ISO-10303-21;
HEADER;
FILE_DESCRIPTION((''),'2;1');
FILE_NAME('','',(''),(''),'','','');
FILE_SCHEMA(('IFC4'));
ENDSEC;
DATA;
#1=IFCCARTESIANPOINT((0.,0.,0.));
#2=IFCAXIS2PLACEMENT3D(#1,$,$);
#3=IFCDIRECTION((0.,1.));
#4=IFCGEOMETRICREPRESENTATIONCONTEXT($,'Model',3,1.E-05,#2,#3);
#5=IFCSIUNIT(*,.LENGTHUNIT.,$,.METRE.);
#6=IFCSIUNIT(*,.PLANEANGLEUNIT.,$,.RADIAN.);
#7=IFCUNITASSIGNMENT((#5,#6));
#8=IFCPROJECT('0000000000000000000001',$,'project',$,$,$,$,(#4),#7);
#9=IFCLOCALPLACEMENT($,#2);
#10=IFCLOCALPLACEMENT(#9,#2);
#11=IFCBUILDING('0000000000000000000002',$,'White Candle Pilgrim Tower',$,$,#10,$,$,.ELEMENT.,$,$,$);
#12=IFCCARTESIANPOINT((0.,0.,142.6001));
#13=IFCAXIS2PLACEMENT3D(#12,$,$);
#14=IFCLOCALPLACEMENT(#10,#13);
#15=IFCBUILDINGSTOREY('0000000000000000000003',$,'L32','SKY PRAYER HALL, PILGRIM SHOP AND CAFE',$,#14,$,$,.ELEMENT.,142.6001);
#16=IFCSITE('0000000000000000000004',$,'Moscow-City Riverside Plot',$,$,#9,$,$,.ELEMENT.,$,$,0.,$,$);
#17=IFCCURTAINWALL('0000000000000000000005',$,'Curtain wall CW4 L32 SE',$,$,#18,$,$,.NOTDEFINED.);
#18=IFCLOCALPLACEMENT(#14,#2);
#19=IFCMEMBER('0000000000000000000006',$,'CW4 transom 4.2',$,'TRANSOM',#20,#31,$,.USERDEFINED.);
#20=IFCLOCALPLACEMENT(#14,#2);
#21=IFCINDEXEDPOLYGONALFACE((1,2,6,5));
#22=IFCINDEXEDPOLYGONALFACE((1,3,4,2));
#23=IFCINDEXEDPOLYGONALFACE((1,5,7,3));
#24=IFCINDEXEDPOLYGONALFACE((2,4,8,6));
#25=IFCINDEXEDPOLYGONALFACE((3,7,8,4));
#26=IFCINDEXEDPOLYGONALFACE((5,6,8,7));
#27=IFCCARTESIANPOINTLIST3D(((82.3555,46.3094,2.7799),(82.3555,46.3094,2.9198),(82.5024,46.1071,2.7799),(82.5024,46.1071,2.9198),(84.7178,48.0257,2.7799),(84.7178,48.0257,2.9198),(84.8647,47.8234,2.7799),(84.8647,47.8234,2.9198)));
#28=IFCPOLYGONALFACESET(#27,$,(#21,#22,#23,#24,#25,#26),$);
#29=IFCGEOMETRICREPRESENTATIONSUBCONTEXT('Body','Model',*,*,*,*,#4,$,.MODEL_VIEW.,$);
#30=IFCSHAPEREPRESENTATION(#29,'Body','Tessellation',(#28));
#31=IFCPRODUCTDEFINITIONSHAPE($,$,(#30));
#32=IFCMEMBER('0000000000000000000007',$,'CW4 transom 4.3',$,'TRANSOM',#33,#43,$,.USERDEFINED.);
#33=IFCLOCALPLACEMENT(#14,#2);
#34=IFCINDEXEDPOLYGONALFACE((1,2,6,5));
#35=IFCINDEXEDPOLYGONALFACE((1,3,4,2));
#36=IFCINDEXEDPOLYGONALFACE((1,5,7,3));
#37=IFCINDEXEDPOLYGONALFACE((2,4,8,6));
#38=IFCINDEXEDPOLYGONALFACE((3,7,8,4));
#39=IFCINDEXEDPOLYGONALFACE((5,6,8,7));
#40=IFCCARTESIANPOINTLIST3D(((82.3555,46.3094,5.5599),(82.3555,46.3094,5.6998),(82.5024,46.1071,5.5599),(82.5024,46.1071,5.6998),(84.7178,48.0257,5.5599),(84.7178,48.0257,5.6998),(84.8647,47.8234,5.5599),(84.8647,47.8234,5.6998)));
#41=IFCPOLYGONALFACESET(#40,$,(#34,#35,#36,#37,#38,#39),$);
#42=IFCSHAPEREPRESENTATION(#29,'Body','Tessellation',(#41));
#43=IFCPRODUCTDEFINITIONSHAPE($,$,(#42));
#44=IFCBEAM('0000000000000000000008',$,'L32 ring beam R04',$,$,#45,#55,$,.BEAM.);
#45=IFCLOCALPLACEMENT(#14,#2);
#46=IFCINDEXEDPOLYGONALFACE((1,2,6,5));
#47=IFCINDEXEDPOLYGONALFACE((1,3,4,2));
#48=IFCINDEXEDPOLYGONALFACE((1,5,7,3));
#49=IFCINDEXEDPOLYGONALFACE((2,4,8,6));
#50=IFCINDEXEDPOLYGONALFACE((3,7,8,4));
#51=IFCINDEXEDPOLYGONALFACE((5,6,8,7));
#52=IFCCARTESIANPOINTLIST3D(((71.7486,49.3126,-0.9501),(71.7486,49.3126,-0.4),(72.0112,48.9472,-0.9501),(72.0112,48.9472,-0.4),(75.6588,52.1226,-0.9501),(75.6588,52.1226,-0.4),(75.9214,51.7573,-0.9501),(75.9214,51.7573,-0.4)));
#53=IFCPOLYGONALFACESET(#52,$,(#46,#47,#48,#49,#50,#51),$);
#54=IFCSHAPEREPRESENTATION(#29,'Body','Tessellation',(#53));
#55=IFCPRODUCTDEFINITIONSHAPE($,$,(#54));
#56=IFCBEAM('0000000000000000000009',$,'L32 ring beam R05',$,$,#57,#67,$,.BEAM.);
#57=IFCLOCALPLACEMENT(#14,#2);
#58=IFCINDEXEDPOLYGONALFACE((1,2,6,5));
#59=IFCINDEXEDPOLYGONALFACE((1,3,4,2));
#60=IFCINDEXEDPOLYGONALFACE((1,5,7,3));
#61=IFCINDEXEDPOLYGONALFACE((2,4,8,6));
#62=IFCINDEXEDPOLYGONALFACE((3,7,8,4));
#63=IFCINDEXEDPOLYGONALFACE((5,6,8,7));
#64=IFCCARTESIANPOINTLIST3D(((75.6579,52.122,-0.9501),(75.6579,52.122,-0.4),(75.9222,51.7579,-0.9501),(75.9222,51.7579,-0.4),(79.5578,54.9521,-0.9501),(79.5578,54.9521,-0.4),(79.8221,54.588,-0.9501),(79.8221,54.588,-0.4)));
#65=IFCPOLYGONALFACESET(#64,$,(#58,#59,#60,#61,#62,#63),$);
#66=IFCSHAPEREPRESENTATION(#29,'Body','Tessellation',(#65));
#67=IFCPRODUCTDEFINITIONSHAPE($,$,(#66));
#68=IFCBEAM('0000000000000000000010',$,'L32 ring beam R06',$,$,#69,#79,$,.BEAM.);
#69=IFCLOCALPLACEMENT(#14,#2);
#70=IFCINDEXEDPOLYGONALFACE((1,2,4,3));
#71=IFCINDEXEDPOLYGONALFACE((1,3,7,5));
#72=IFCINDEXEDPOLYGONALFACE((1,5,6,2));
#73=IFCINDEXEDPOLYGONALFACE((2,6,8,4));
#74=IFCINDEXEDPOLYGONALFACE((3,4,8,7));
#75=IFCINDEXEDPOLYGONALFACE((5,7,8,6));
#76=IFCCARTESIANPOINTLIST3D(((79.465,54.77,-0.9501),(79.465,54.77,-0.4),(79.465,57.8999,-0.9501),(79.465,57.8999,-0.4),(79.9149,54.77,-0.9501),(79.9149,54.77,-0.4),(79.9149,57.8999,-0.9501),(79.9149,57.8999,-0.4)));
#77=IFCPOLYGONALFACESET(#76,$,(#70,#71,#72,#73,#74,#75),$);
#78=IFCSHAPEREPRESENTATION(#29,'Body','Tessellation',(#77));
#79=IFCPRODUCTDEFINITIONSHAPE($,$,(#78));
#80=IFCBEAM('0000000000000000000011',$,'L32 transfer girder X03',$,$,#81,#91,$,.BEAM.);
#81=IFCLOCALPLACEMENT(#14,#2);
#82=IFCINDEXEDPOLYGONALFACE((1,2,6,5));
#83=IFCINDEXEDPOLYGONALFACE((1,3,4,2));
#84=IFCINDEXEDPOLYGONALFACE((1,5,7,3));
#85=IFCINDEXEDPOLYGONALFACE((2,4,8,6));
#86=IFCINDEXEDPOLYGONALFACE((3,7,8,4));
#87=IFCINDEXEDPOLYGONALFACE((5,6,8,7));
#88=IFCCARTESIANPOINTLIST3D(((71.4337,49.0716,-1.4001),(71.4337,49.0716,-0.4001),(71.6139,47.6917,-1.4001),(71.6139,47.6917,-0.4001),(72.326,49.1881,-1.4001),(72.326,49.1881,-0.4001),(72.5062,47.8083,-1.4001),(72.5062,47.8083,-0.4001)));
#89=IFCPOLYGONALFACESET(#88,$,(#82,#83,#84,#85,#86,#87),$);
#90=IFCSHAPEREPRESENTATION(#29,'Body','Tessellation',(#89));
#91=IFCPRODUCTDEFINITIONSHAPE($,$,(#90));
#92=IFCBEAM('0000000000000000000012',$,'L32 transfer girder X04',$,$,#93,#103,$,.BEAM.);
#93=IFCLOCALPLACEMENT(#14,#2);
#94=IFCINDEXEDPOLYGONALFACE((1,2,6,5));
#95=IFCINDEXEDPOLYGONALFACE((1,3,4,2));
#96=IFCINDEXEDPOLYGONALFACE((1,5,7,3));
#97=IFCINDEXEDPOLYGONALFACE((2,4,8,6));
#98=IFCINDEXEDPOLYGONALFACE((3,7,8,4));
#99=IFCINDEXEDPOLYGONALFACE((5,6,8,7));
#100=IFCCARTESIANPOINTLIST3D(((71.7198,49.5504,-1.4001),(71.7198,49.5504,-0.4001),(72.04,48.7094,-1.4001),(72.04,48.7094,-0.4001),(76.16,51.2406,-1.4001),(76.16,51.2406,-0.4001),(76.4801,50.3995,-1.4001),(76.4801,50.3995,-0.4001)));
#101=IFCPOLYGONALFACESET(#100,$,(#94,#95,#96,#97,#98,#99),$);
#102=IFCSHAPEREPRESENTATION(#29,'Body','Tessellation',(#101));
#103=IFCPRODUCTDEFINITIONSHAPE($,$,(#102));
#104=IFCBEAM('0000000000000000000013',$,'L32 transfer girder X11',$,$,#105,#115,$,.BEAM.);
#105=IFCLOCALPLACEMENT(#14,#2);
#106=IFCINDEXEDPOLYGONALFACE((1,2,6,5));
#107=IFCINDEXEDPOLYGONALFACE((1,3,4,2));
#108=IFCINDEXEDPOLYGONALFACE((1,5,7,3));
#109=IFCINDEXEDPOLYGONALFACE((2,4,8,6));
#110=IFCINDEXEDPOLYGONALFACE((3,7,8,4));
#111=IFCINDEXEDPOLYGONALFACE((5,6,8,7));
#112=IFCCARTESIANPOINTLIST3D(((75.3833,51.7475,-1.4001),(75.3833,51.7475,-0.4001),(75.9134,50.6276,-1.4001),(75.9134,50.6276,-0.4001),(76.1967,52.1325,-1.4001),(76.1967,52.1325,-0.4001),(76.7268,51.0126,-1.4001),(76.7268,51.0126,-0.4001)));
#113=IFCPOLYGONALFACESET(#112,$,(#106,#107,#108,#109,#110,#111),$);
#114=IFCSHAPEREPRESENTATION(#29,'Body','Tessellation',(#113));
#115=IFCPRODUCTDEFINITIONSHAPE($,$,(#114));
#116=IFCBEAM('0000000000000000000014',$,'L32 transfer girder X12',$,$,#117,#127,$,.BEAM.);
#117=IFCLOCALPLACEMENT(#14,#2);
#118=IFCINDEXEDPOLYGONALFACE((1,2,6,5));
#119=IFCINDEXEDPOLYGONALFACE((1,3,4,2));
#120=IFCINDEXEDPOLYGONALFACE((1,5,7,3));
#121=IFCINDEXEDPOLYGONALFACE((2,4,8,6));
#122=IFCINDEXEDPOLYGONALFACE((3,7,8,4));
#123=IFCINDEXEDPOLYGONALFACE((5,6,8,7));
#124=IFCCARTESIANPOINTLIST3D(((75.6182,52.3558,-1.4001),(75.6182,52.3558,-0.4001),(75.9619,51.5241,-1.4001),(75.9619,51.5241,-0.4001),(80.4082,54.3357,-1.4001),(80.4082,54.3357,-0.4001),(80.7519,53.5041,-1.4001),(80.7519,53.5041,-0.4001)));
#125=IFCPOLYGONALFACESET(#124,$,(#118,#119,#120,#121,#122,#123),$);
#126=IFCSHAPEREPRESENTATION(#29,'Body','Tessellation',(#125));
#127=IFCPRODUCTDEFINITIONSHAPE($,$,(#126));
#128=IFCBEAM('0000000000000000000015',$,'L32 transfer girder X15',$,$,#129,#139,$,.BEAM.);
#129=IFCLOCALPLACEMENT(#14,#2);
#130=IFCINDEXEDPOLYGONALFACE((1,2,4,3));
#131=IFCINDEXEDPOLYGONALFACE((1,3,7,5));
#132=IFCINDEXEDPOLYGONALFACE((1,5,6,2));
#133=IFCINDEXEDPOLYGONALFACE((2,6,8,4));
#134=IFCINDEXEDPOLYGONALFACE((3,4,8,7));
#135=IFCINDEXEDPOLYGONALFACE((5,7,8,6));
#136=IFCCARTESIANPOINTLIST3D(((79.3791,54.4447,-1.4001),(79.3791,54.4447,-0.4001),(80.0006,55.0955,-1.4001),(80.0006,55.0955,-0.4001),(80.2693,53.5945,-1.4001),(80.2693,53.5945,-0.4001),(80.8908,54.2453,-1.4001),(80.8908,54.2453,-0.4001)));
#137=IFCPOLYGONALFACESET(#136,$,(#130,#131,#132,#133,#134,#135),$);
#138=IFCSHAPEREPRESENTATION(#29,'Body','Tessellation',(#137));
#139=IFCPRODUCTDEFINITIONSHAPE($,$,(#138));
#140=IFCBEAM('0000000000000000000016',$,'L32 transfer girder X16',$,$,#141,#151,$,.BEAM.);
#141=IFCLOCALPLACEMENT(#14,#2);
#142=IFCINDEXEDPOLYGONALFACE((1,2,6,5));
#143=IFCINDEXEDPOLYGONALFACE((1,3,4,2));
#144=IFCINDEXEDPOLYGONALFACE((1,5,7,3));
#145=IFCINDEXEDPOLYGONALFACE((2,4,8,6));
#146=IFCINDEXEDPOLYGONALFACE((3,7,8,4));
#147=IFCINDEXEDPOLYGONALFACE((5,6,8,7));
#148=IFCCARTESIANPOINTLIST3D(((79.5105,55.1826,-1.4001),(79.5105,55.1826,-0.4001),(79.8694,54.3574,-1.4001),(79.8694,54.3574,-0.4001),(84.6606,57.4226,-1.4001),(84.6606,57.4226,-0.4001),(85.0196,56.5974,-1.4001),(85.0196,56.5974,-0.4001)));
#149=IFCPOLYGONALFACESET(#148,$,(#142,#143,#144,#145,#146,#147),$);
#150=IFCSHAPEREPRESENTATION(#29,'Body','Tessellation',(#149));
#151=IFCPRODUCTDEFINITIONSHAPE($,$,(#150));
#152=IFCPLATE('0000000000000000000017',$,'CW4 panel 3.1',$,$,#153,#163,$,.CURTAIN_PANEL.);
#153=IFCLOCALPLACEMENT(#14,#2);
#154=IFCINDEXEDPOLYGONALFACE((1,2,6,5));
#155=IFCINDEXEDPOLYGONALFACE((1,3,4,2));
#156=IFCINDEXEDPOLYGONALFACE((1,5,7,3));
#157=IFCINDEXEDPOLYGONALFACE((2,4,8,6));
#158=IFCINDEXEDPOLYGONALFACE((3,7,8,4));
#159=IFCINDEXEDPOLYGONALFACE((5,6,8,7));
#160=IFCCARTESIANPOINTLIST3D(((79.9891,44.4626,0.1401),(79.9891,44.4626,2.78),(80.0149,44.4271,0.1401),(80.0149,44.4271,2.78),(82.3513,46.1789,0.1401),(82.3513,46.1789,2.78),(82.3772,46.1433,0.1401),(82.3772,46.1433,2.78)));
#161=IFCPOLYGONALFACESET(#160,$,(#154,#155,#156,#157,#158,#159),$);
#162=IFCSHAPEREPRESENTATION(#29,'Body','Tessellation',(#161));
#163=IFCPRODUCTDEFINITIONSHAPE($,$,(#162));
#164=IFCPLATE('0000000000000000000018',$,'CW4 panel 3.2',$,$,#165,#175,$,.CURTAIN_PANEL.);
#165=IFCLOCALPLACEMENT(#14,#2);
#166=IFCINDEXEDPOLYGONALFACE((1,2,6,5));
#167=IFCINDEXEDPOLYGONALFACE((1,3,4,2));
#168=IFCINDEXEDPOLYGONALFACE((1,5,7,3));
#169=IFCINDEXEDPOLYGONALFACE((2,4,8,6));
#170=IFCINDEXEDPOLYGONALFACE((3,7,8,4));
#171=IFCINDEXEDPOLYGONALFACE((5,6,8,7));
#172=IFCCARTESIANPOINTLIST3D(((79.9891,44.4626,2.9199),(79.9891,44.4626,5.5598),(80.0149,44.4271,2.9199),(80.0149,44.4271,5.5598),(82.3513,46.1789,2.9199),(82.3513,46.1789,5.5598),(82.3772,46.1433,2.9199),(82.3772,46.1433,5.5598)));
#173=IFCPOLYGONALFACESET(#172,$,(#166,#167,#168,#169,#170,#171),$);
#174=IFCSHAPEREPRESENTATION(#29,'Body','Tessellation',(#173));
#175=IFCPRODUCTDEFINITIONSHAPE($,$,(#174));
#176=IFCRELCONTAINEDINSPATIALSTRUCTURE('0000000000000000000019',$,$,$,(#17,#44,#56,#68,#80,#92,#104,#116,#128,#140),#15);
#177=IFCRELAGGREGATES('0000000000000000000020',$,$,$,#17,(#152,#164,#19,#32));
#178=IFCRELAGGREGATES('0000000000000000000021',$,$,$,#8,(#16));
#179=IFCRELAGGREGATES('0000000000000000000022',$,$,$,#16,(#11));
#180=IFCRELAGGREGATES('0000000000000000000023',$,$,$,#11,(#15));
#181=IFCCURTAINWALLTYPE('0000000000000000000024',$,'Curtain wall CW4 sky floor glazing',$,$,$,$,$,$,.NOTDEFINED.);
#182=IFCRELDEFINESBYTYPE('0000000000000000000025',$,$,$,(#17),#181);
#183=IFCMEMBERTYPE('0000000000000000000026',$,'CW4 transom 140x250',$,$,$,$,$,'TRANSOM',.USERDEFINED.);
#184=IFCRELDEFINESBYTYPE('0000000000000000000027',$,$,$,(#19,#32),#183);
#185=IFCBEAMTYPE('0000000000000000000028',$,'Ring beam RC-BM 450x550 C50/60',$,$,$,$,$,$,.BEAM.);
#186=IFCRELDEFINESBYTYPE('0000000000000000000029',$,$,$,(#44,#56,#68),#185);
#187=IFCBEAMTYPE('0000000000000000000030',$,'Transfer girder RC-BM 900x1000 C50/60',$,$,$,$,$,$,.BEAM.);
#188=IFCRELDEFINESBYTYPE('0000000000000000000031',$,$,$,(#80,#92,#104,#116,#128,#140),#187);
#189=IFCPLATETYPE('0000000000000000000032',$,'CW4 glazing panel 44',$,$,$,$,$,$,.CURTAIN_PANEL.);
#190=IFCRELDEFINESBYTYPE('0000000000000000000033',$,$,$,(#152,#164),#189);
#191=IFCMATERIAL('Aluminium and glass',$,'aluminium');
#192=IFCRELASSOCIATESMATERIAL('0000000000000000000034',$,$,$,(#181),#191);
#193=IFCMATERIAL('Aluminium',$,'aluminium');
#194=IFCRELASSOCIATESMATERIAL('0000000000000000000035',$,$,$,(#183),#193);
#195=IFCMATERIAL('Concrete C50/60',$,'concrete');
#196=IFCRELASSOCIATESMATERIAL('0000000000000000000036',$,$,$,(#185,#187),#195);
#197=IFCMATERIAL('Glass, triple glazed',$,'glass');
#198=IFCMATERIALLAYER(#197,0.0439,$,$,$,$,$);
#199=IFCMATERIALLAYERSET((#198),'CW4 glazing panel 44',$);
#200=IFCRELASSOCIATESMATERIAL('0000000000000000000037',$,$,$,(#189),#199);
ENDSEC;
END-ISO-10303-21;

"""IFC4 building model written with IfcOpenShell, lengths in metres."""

from ifc_helpers import new_model, si_unit, direction, frame, origin, origin_2d, place, context, subcontext, project, spatial, rectangle, extrude, material, layer, layer_set, material_profile, profile_set, type_object, element, aggregate, save


model = new_model("IFC4")

# Units and contexts
model_context = context("Model", 3, precision=1e-05, world=origin(), true_north=direction((0.0, 1.0)))
body_context = subcontext(model_context, "Body", "Model", "MODEL_VIEW")
ifc_project = project(units=[si_unit("LENGTHUNIT", "METRE"), si_unit("PLANEANGLEUNIT", "RADIAN")], contexts=[model_context])

# Site, building, storey
site_placement = place(None, origin())
site = spatial("IfcSite", under=ifc_project, at=site_placement, Name="Moscow-City Riverside Plot", CompositionType="ELEMENT", RefElevation=0.0)
building_placement = place(site_placement, origin())
building = spatial("IfcBuilding", under=site, at=building_placement, Name="White Candle Pilgrim Tower", CompositionType="ELEMENT")
storey_placement = place(building_placement, frame((0.0, 0.0, 142.6001)))
storey = spatial("IfcBuildingStorey", under=building, at=storey_placement, Name="L32", Description="SKY PRAYER HALL, PILGRIM SHOP AND CAFE", CompositionType="ELEMENT", Elevation=142.6001)

# Curtain wall, members
ifc_material_1 = material(Name="Aluminium and glass", Category="aluminium")
curtain_wall_type = type_object("IfcCurtainWallType", Name="Curtain wall CW4 sky floor glazing", PredefinedType="NOTDEFINED", material=ifc_material_1)
curtain_wall_placement = place(storey_placement, origin())
curtain_wall = element("IfcCurtainWall", 1, at=curtain_wall_placement, inside=storey, type_object=curtain_wall_type, Name="Curtain wall CW4 L32 SE", PredefinedType="NOTDEFINED")
ifc_material_2 = material(Name="Aluminium", Category="aluminium")
ifc_material_profile_1 = material_profile(ifc_material_2, rectangle(XDim=0.25, YDim=0.1399, at=origin_2d()), Name="CW4 transom 140x250")
ifc_profile_set_1 = profile_set([ifc_material_profile_1], Name="Aluminium")
member_type_1 = type_object("IfcMemberType", Name="CW4 transom 140x250", ElementType="TRANSOM", PredefinedType="USERDEFINED", material=ifc_profile_set_1)
member_1_placement = place(storey_placement, frame((82.429, 46.2083, 2.8499), z_axis=(0.809018, 0.587784, 0.0), x_axis=(-0.587784, 0.809018, 0.0)))
member_1 = element("IfcMember", 2, at=member_1_placement, type_object=member_type_1, Name="CW4 transom 4.2", ObjectType="TRANSOM", PredefinedType="USERDEFINED", context=body_context, shape_type="SweptSolid", body=[
    extrude(rectangle(XDim=0.25, YDim=0.1399, at=origin_2d()), origin(), (0.0, 0.0, 1.0), 2.9199),
])
member_2_placement = place(storey_placement, frame((82.429, 46.2083, 5.6299), z_axis=(0.809018, 0.587784, 0.0), x_axis=(-0.587784, 0.809018, 0.0)))
member_2 = element("IfcMember", 3, at=member_2_placement, type_object=member_type_1, Name="CW4 transom 4.3", ObjectType="TRANSOM", PredefinedType="USERDEFINED", context=body_context, shape_type="SweptSolid", body=[
    extrude(rectangle(XDim=0.25, YDim=0.1399, at=origin_2d()), origin(), (0.0, 0.0, 1.0), 2.9199),
])

# Beams
ifc_material_3 = material(Name="Concrete C50/60", Category="concrete")
ifc_material_profile_2 = material_profile(ifc_material_3, rectangle(XDim=0.45, YDim=0.55, at=origin_2d()), Name="RC-BM 450x550")
ifc_profile_set_2 = profile_set([ifc_material_profile_2], Name="Concrete C50/60")
beam_type_1 = type_object("IfcBeamType", Name="Ring beam RC-BM 450x550 C50/60", PredefinedType="BEAM", material=ifc_profile_set_2)
beam_1_placement = place(storey_placement, frame((71.8799, 49.1299, -0.675), z_axis=(0.812051, 0.583586, 0.0), x_axis=(-0.583586, 0.812051, 0.0)))
element("IfcBeam", 4, at=beam_1_placement, inside=storey, type_object=beam_type_1, Name="L32 ring beam R04", PredefinedType="BEAM", context=body_context, shape_type="SweptSolid", body=[
    extrude(rectangle(XDim=0.45, YDim=0.55, at=origin_2d()), origin(), (0.0, 0.0, 1.0), 4.8152),
])
beam_2_placement = place(storey_placement, frame((75.79, 51.9399, -0.675), z_axis=(0.809349, 0.587328, 0.0), x_axis=(-0.587328, 0.809349, 0.0)))
element("IfcBeam", 5, at=beam_2_placement, inside=storey, type_object=beam_type_1, Name="L32 ring beam R05", PredefinedType="BEAM", context=body_context, shape_type="SweptSolid", body=[
    extrude(rectangle(XDim=0.45, YDim=0.55, at=origin_2d()), origin(), (0.0, 0.0, 1.0), 4.8186),
])
beam_3_placement = place(storey_placement, frame((79.6899, 54.77, -0.675), z_axis=(0.0, 1.0, 0.0), x_axis=(-1.0, 0.0, 0.0)))
element("IfcBeam", 6, at=beam_3_placement, inside=storey, type_object=beam_type_1, Name="L32 ring beam R06", PredefinedType="BEAM", context=body_context, shape_type="SweptSolid", body=[
    extrude(rectangle(XDim=0.45, YDim=0.55, at=origin_2d()), origin(), (0.0, 0.0, 1.0), 3.1299),
])
ifc_material_profile_3 = material_profile(ifc_material_3, rectangle(XDim=0.8999, YDim=1.0, at=origin_2d()), Name="RC-BM 900x1000")
ifc_profile_set_3 = profile_set([ifc_material_profile_3], Name="Concrete C50/60")
beam_type_2 = type_object("IfcBeamType", Name="Transfer girder RC-BM 900x1000 C50/60", PredefinedType="BEAM", material=ifc_profile_set_3)
beam_4_placement = place(storey_placement, frame((72.0601, 47.75, -0.9001), z_axis=(-0.129474, 0.991583, 0.0), x_axis=(-0.991583, -0.129474, 0.0)))
element("IfcBeam", 7, at=beam_4_placement, inside=storey, type_object=beam_type_2, Name="L32 transfer girder X03", PredefinedType="BEAM", context=body_context, shape_type="SweptSolid", body=[
    extrude(rectangle(XDim=0.8999, YDim=1.0, at=origin_2d()), origin(), (0.0, 0.0, 1.0), 1.3916),
])
beam_5_placement = place(storey_placement, frame((71.8799, 49.1299, -0.9001), z_axis=(0.93458, 0.355754, 0.0), x_axis=(-0.355754, 0.93458, 0.0)))
element("IfcBeam", 8, at=beam_5_placement, inside=storey, type_object=beam_type_2, Name="L32 transfer girder X04", PredefinedType="BEAM", context=body_context, shape_type="SweptSolid", body=[
    extrude(rectangle(XDim=0.8999, YDim=1.0, at=origin_2d()), origin(), (0.0, 0.0, 1.0), 4.751),
])
beam_6_placement = place(storey_placement, frame((76.3201, 50.8201, -0.9001), z_axis=(-0.427798, 0.903874, 0.0), x_axis=(-0.903874, -0.427798, 0.0)))
element("IfcBeam", 9, at=beam_6_placement, inside=storey, type_object=beam_type_2, Name="L32 transfer girder X11", PredefinedType="BEAM", context=body_context, shape_type="SweptSolid", body=[
    extrude(rectangle(XDim=0.8999, YDim=1.0, at=origin_2d()), origin(), (0.0, 0.0, 1.0), 1.239),
])
beam_7_placement = place(storey_placement, frame((75.79, 51.9399, -0.9001), z_axis=(0.92416, 0.382005, 0.0), x_axis=(-0.382005, 0.92416, 0.0)))
element("IfcBeam", 10, at=beam_7_placement, inside=storey, type_object=beam_type_2, Name="L32 transfer girder X12", PredefinedType="BEAM", context=body_context, shape_type="SweptSolid", body=[
    extrude(rectangle(XDim=0.8999, YDim=1.0, at=origin_2d()), origin(), (0.0, 0.0, 1.0), 5.1831),
])
beam_8_placement = place(storey_placement, frame((80.5801, 53.9199, -0.9001), z_axis=(-0.723184, 0.690655, 0.0), x_axis=(-0.690655, -0.723184, 0.0)))
element("IfcBeam", 11, at=beam_8_placement, inside=storey, type_object=beam_type_2, Name="L32 transfer girder X15", PredefinedType="BEAM", context=body_context, shape_type="SweptSolid", body=[
    extrude(rectangle(XDim=0.8999, YDim=1.0, at=origin_2d()), origin(), (0.0, 0.0, 1.0), 1.231),
])
beam_9_placement = place(storey_placement, frame((79.6899, 54.77, -0.9001), z_axis=(0.917018, 0.398845, 0.0), x_axis=(-0.398845, 0.917018, 0.0)))
element("IfcBeam", 12, at=beam_9_placement, inside=storey, type_object=beam_type_2, Name="L32 transfer girder X16", PredefinedType="BEAM", context=body_context, shape_type="SweptSolid", body=[
    extrude(rectangle(XDim=0.8999, YDim=1.0, at=origin_2d()), origin(), (0.0, 0.0, 1.0), 5.6162),
])

# Plates
ifc_material_4 = material(Name="Glass, triple glazed", Category="glass")
ifc_layer_1 = layer(ifc_material_4, 0.0439)
ifc_layer_set_1 = layer_set([ifc_layer_1], Name="CW4 glazing panel 44")
plate_type = type_object("IfcPlateType", Name="CW4 glazing panel 44", PredefinedType="CURTAIN_PANEL", material=ifc_layer_set_1)
plate_1_placement = place(storey_placement, frame((81.1831, 45.303, 0.1401), z_axis=(0.0, 0.0, 1.0), x_axis=(0.809017, 0.587785, 0.0)))
plate_1 = element("IfcPlate", 13, at=plate_1_placement, type_object=plate_type, Name="CW4 panel 3.1", PredefinedType="CURTAIN_PANEL", context=body_context, shape_type="SweptSolid", body=[
    extrude(rectangle(XDim=2.9199, YDim=0.0439, at=origin_2d()), origin(), (0.0, 0.0, 1.0), 2.6399),
])
plate_2_placement = place(storey_placement, frame((81.1831, 45.303, 2.9199), z_axis=(0.0, 0.0, 1.0), x_axis=(0.809017, 0.587785, 0.0)))
plate_2 = element("IfcPlate", 14, at=plate_2_placement, type_object=plate_type, Name="CW4 panel 3.2", PredefinedType="CURTAIN_PANEL", context=body_context, shape_type="SweptSolid", body=[
    extrude(rectangle(XDim=2.9199, YDim=0.0439, at=origin_2d()), origin(), (0.0, 0.0, 1.0), 2.6399),
])
aggregate(curtain_wall, [plate_1, plate_2, member_1, member_2])

save(model, "model.ifc")
